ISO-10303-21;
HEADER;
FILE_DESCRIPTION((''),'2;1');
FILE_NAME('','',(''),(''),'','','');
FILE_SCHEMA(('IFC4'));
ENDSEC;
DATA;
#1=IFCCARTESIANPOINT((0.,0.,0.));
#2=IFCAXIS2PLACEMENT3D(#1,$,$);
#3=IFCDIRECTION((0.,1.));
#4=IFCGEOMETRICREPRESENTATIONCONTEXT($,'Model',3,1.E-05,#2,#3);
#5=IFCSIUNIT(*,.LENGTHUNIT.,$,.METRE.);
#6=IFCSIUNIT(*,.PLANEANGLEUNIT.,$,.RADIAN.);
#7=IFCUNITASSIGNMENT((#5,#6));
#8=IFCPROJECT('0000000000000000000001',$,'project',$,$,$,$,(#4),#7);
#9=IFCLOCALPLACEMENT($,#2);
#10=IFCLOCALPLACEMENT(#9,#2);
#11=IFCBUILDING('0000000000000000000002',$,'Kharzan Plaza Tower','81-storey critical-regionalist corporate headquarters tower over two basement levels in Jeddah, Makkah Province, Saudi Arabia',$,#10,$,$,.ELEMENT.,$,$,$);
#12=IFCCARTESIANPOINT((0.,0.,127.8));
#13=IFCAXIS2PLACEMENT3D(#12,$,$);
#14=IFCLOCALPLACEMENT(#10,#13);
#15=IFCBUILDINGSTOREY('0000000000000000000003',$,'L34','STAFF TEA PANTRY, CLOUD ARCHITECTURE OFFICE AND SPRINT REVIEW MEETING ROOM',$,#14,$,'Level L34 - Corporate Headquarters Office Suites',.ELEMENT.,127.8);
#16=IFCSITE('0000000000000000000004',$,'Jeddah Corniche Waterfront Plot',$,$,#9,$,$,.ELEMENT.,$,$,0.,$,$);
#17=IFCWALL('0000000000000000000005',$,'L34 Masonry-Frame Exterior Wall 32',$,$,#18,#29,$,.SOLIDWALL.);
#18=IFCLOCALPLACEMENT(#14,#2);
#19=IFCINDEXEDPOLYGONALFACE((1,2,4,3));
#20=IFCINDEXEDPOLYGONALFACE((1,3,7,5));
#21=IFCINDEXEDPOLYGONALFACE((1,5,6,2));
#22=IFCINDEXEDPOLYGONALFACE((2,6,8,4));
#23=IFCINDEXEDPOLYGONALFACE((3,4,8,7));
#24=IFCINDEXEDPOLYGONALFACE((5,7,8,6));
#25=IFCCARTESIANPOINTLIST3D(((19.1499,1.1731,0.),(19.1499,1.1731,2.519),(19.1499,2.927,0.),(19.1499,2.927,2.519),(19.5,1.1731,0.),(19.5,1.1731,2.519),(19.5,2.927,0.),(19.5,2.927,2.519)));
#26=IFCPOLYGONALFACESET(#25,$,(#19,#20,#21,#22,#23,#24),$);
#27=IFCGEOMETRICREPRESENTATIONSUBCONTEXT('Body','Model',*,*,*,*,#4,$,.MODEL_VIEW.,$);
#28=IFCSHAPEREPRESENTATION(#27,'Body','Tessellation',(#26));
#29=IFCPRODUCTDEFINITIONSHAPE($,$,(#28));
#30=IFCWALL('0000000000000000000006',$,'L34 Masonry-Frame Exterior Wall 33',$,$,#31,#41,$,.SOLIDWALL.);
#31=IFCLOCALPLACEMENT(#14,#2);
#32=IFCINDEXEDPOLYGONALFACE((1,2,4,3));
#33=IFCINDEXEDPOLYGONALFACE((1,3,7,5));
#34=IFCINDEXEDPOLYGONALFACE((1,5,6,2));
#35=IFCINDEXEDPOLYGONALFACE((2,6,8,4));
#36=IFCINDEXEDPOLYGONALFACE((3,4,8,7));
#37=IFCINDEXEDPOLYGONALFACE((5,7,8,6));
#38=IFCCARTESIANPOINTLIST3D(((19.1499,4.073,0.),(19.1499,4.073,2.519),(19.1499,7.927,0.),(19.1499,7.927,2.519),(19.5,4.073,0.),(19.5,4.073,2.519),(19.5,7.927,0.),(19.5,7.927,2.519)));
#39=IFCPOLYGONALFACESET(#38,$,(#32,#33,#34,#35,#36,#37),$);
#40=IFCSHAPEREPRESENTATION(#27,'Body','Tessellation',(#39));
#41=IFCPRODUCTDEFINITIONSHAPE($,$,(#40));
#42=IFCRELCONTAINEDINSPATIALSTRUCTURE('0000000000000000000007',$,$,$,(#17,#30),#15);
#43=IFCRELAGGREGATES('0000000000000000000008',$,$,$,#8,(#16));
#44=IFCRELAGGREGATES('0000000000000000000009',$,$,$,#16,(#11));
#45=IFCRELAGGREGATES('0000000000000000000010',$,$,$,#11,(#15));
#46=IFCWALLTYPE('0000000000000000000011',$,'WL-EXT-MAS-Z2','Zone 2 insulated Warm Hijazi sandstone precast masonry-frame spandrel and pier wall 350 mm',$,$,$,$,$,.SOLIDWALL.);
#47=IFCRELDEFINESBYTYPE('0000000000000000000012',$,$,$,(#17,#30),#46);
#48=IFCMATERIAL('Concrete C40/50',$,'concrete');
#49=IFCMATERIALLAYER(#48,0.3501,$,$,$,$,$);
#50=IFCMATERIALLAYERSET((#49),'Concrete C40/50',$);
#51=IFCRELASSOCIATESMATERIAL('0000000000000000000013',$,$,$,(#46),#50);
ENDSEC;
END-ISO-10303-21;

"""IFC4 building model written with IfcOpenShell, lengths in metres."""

from ifc_helpers import new_model, si_unit, direction, frame, frame_2d, origin, place, context, subcontext, project, spatial, rectangle, extrude, source, transform, mapped, material, layer, layer_set, type_object, element, save


model = new_model("IFC4")

# Units and contexts
model_context = context("Model", 3, precision=1e-05, world=origin(), true_north=direction((0.0, 1.0)))
body_context = subcontext(model_context, "Body", "Model", "MODEL_VIEW")
ifc_project = project(units=[si_unit("LENGTHUNIT", "METRE"), si_unit("PLANEANGLEUNIT", "RADIAN")], contexts=[model_context])

# Site, building, storey
site_placement = place(None, origin())
site = spatial("IfcSite", under=ifc_project, at=site_placement, Name="Jeddah Corniche Waterfront Plot", CompositionType="ELEMENT", RefElevation=0.0)
building_placement = place(site_placement, origin())
building = spatial("IfcBuilding", under=site, at=building_placement, Name="Kharzan Plaza Tower", Description="81-storey critical-regionalist corporate headquarters tower over two basement levels in Jeddah, Makkah Province, Saudi Arabia", CompositionType="ELEMENT")
storey_placement = place(building_placement, frame((0.0, 0.0, 127.8)))
storey = spatial("IfcBuildingStorey", under=building, at=storey_placement, Name="L34", Description="STAFF TEA PANTRY, CLOUD ARCHITECTURE OFFICE AND SPRINT REVIEW MEETING ROOM", LongName="Level L34 - Corporate Headquarters Office Suites", CompositionType="ELEMENT", Elevation=127.8)

# Shared definitions
ifc_material_1 = material(Name="Concrete C40/50", Category="concrete")
ifc_layer_1 = layer(ifc_material_1, 0.3501)
ifc_layer_set_1 = layer_set([ifc_layer_1], Name="Concrete C40/50")
wall_type_1 = type_object("IfcWallType", Name="WL-EXT-MAS-Z2", Description="Zone 2 insulated Warm Hijazi sandstone precast masonry-frame spandrel and pier wall 350 mm", PredefinedType="SOLIDWALL", material=ifc_layer_set_1)

# Walls
shared_shape_1 = source(origin(), body_context, "Body", "SweptSolid", [
    extrude(rectangle(XDim=1.7539, YDim=0.3501, at=frame_2d((0.877, 0.0))), origin(), (0.0, 0.0, 1.0), 2.519),
])
wall_1_placement = place(storey_placement, frame((19.325, 1.1731, 0.0), z_axis=(0.0, 0.0, 1.0), x_axis=(0.0, 1.0, 0.0)))
element("IfcWall", 1, at=wall_1_placement, inside=storey, type_object=wall_type_1, Name="L34 Masonry-Frame Exterior Wall 32", PredefinedType="SOLIDWALL", context=body_context, shape_type="MappedRepresentation", body=[
    mapped(shared_shape_1, transform((0.0, 0.0, 0.0), x_axis=(1.0, 0.0, 0.0), y_axis=(0.0, 1.0, 0.0), z_axis=(0.0, 0.0, 1.0))),
])
shared_shape_2 = source(origin(), body_context, "Body", "SweptSolid", [
    extrude(rectangle(XDim=3.854, YDim=0.3501, at=frame_2d((1.927, 0.0))), origin(), (0.0, 0.0, 1.0), 2.519),
])
wall_2_placement = place(storey_placement, frame((19.325, 4.073, 0.0), z_axis=(0.0, 0.0, 1.0), x_axis=(0.0, 1.0, 0.0)))
element("IfcWall", 2, at=wall_2_placement, inside=storey, type_object=wall_type_1, Name="L34 Masonry-Frame Exterior Wall 33", PredefinedType="SOLIDWALL", context=body_context, shape_type="MappedRepresentation", body=[
    mapped(shared_shape_2, transform((0.0, 0.0, 0.0), x_axis=(1.0, 0.0, 0.0), y_axis=(0.0, 1.0, 0.0), z_axis=(0.0, 0.0, 1.0))),
])

save(model, "model.ifc")
